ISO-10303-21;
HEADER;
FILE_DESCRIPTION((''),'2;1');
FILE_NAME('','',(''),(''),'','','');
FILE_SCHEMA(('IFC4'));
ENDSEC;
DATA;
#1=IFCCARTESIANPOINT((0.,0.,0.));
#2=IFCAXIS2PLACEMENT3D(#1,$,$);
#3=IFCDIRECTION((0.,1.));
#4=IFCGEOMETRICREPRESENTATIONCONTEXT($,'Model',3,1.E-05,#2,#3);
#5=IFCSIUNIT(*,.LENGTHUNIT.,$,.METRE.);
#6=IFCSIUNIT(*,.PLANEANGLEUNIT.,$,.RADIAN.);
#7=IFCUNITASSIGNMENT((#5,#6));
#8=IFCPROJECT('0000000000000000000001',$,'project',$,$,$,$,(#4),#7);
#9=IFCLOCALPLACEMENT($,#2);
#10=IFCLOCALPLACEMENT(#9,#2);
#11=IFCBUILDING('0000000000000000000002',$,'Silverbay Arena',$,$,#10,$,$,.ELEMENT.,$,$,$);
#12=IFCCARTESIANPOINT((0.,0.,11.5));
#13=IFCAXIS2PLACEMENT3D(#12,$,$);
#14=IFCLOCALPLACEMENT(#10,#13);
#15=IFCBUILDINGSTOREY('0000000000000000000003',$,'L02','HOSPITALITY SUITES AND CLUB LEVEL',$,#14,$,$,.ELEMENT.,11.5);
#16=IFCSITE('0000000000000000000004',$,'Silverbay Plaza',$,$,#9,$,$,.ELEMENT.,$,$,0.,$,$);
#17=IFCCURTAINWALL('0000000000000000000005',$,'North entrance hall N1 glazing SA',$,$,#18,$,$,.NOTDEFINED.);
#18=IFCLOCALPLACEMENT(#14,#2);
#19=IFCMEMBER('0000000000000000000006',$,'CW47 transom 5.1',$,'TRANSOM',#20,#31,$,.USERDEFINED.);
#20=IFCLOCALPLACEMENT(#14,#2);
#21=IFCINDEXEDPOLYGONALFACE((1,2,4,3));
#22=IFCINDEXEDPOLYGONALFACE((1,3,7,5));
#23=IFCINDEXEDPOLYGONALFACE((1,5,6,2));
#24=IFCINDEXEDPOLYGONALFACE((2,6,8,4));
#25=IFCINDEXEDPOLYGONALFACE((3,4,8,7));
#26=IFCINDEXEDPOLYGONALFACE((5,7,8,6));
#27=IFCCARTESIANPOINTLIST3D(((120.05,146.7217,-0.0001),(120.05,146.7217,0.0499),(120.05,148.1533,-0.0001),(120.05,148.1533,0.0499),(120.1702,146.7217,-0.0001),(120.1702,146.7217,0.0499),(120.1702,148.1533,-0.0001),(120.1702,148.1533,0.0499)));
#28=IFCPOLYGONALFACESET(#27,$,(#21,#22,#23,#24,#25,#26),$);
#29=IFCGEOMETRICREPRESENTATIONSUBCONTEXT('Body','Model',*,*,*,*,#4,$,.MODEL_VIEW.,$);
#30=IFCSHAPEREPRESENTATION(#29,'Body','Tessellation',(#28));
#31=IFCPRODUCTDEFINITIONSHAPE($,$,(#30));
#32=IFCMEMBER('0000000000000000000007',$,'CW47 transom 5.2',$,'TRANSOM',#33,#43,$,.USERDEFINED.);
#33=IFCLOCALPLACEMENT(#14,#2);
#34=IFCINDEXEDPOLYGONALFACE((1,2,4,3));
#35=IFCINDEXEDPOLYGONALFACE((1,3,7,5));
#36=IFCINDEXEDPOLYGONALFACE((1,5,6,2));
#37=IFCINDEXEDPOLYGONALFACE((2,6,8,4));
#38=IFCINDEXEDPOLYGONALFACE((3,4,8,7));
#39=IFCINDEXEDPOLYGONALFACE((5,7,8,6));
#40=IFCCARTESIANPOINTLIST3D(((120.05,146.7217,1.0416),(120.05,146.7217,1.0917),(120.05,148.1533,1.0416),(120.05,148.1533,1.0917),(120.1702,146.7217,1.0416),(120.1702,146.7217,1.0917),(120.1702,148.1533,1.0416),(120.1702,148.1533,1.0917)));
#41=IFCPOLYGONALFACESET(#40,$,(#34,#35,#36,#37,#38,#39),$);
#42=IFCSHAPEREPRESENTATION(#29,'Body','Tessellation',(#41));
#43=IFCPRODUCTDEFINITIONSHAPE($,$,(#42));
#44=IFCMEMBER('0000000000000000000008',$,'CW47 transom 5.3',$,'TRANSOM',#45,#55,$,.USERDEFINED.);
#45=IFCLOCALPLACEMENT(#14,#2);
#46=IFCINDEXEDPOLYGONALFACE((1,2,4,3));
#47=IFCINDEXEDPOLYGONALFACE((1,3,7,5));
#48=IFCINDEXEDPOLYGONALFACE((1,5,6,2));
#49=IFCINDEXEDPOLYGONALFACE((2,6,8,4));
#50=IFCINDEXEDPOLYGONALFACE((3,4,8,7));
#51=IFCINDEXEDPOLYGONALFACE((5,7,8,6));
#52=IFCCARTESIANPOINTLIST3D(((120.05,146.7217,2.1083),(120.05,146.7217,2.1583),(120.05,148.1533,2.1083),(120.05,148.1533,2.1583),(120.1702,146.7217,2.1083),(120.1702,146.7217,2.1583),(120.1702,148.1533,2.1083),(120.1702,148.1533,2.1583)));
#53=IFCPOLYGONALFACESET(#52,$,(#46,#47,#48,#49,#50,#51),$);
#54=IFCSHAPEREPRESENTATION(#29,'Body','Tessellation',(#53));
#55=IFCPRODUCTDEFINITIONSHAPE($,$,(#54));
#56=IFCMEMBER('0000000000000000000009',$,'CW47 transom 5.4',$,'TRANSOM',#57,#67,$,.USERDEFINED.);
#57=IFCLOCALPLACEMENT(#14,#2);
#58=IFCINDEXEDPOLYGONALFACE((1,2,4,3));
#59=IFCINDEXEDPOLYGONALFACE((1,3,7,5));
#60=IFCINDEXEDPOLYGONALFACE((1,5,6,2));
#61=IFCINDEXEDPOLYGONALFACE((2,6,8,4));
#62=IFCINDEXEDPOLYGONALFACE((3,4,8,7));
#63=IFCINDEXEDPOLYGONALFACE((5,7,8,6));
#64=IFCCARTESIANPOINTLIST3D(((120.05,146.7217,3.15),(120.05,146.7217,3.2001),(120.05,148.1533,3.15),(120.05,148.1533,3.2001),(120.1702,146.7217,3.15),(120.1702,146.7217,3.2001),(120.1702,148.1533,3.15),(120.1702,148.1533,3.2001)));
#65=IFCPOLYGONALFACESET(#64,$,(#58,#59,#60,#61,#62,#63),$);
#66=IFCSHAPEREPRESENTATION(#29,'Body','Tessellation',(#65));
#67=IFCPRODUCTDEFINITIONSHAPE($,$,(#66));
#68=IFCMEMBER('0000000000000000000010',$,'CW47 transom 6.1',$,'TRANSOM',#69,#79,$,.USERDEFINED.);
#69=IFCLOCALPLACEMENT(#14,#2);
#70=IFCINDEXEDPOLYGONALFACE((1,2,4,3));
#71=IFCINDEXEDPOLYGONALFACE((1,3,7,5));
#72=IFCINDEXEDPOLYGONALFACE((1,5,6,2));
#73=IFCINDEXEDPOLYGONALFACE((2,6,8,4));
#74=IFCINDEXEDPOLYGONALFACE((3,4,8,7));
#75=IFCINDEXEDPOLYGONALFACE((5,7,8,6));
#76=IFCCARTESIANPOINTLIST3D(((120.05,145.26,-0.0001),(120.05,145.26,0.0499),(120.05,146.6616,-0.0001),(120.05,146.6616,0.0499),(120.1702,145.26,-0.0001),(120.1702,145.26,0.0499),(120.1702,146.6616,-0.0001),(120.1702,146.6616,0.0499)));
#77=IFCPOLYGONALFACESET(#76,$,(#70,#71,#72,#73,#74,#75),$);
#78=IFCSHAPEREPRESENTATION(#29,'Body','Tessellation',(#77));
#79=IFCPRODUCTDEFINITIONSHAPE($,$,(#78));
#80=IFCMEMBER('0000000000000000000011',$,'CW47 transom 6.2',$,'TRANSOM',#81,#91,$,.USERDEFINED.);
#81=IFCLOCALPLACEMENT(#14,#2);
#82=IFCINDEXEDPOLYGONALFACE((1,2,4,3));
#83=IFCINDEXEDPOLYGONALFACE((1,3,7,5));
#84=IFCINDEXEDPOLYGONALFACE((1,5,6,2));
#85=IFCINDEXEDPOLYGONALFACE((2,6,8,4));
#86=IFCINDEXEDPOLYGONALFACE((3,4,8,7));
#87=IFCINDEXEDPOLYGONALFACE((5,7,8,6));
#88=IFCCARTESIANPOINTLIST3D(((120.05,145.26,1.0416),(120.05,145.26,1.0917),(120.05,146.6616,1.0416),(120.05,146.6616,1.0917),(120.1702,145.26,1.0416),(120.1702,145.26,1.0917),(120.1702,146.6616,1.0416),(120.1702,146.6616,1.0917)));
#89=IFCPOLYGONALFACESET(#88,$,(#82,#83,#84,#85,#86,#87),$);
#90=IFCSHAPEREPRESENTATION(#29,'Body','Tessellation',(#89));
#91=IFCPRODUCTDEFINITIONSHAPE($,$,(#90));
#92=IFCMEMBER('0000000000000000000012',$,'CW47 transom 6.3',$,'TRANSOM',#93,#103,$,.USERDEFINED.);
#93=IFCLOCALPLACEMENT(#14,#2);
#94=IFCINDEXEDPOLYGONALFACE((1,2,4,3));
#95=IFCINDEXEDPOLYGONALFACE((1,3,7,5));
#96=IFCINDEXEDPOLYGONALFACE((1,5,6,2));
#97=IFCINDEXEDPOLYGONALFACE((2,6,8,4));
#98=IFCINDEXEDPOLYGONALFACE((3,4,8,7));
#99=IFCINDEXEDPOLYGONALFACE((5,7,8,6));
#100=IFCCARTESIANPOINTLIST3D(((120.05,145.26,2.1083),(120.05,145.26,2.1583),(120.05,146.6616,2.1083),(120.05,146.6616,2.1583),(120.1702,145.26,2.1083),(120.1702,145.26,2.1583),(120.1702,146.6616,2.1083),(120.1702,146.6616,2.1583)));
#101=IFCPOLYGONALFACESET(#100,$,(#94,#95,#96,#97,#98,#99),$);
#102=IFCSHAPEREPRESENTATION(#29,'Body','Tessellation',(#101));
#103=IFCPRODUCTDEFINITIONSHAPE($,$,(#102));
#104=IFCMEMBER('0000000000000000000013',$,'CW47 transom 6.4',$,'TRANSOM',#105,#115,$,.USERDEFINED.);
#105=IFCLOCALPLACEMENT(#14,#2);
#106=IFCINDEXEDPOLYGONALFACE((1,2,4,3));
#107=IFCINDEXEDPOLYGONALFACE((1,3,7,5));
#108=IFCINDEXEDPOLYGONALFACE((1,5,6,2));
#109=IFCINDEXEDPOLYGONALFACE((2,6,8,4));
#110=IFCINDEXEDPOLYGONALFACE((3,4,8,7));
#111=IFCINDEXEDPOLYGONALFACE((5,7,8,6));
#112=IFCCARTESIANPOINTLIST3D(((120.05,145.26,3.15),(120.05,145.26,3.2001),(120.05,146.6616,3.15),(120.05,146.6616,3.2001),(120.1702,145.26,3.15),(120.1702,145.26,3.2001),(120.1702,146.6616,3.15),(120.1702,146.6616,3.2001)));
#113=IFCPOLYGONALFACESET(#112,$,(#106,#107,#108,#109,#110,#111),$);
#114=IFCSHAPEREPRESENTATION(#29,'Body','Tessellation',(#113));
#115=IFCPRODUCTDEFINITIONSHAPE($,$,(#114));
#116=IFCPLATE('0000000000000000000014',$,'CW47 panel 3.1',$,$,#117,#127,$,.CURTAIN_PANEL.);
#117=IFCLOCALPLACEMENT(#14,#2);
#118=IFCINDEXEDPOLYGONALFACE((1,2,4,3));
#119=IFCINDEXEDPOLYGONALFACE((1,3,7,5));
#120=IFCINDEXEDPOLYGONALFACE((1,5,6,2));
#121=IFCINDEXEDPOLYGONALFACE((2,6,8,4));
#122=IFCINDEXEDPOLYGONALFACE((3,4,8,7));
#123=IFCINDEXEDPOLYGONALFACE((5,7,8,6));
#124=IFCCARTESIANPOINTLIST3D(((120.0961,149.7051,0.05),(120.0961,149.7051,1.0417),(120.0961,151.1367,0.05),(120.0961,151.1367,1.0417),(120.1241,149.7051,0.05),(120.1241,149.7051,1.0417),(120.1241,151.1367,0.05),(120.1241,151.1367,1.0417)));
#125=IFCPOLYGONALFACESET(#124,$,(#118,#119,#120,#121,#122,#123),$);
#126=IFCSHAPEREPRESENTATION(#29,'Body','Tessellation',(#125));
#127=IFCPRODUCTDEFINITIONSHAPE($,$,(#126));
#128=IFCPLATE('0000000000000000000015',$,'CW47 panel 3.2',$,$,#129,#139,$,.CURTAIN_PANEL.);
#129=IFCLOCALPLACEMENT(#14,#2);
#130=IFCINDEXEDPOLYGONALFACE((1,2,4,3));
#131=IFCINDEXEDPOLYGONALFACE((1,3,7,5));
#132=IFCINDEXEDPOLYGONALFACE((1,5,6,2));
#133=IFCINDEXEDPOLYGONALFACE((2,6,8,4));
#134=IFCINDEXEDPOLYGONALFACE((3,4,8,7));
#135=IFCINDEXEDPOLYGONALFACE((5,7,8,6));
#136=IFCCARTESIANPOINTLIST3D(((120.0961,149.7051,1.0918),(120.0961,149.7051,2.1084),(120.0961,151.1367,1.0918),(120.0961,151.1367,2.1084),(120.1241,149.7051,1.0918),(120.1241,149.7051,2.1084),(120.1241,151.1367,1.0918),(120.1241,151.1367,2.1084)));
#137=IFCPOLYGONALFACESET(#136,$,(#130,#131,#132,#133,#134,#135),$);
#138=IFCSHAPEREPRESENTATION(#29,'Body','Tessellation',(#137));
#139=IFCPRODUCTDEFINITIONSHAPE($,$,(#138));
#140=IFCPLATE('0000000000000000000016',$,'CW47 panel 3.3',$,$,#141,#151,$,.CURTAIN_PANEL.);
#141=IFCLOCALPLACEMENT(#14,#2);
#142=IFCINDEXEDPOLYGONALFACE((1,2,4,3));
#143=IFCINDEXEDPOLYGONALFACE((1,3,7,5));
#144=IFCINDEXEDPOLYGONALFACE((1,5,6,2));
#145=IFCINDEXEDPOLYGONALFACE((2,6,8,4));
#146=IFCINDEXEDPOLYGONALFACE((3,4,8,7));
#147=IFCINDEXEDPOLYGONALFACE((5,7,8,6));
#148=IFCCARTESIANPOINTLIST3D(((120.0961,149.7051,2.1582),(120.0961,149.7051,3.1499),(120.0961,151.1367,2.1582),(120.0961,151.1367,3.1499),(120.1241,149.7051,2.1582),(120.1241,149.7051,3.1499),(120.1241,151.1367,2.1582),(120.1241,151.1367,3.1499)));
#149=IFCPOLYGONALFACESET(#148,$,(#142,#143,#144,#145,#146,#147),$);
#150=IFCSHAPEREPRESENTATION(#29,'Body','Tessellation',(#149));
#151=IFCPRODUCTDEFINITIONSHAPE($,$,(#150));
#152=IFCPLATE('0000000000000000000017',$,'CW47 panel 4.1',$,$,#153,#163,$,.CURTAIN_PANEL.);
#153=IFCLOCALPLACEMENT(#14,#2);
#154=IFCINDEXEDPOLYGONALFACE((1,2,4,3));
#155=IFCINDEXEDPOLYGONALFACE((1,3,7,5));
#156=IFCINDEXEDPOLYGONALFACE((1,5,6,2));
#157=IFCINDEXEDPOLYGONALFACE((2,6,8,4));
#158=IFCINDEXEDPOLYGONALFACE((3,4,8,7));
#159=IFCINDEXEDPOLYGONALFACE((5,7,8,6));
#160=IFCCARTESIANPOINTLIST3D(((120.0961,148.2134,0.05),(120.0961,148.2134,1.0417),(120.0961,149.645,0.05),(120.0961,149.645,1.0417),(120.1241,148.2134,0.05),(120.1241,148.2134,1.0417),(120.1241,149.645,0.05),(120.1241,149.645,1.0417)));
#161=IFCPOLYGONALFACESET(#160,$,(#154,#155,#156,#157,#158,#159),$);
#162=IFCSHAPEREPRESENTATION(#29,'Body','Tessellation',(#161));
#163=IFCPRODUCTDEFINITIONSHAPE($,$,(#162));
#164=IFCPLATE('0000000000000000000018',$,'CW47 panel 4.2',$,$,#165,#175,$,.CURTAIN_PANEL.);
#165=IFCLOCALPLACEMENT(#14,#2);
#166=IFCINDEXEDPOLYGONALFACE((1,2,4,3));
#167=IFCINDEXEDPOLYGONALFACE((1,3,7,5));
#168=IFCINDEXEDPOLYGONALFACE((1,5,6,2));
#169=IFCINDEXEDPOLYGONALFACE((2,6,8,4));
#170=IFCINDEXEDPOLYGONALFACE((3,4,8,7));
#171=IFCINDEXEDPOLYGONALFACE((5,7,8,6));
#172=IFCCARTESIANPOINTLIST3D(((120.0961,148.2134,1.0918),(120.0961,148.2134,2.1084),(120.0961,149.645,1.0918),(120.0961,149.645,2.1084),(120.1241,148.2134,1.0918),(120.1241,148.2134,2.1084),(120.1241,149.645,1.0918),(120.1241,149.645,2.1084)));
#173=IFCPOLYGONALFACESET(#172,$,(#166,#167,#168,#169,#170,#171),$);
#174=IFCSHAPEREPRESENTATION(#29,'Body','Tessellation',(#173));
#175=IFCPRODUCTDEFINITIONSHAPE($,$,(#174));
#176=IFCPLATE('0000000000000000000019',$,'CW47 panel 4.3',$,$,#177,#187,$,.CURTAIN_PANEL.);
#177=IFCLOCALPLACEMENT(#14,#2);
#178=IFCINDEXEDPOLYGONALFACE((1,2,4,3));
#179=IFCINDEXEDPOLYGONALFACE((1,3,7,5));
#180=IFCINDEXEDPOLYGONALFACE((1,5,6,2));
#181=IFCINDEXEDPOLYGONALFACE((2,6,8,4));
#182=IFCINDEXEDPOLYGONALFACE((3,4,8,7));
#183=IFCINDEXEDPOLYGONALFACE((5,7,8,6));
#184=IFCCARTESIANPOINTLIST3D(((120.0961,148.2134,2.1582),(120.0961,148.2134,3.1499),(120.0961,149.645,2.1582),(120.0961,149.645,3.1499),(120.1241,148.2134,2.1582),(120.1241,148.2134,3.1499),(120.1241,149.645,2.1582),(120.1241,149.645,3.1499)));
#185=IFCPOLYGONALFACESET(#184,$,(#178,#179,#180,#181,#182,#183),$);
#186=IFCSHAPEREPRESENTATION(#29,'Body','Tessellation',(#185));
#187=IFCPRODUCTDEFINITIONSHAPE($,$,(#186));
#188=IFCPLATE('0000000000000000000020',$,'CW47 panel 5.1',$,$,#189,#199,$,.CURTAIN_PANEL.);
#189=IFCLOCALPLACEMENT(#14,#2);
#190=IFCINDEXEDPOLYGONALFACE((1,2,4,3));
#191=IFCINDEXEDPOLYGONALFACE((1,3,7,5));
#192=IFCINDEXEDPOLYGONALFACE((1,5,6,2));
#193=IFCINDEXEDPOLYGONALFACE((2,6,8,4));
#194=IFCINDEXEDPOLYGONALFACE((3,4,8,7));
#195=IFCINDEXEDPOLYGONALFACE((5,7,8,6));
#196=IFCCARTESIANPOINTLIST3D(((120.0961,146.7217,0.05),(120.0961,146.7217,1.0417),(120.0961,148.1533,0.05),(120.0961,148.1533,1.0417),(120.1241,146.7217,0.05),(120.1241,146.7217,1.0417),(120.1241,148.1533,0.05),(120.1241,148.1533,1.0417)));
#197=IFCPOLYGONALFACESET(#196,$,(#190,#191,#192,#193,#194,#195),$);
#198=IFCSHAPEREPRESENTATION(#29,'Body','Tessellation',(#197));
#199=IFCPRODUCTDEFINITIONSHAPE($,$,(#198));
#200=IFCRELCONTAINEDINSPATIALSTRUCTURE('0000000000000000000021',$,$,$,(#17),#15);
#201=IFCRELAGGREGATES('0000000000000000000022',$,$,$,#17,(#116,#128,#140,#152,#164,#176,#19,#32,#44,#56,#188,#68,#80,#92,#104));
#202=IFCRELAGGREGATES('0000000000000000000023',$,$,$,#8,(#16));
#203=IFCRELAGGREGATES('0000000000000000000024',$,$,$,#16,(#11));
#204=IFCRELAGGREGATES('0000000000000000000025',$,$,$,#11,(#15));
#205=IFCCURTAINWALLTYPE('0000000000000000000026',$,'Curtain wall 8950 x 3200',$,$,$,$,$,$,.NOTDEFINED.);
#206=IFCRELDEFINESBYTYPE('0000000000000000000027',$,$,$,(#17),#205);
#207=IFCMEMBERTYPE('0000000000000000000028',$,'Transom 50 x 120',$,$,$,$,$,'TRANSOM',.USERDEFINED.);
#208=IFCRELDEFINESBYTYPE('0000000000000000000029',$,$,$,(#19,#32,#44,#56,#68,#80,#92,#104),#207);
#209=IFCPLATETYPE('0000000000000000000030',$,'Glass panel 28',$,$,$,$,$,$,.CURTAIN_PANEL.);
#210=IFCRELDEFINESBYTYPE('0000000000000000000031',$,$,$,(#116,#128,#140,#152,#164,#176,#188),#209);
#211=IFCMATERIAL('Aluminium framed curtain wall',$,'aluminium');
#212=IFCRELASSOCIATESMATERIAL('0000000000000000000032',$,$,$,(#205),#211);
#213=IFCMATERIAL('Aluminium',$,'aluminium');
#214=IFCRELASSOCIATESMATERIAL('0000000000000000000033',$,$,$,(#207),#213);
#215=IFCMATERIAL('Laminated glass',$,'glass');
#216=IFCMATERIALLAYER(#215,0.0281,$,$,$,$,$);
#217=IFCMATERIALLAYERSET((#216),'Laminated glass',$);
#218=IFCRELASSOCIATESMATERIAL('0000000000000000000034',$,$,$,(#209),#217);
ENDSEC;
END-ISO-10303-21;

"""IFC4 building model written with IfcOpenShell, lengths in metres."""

from ifc_helpers import new_model, si_unit, direction, frame, origin, origin_2d, place, context, subcontext, project, spatial, rectangle, extrude, material, layer, layer_set, material_profile, profile_set, type_object, element, aggregate, save


model = new_model("IFC4")

# Units and contexts
model_context = context("Model", 3, precision=1e-05, world=origin(), true_north=direction((0.0, 1.0)))
body_context = subcontext(model_context, "Body", "Model", "MODEL_VIEW")
ifc_project = project(units=[si_unit("LENGTHUNIT", "METRE"), si_unit("PLANEANGLEUNIT", "RADIAN")], contexts=[model_context])

# Site, building, storey
site_placement = place(None, origin())
site = spatial("IfcSite", under=ifc_project, at=site_placement, Name="Silverbay Plaza", CompositionType="ELEMENT", RefElevation=0.0)
building_placement = place(site_placement, origin())
building = spatial("IfcBuilding", under=site, at=building_placement, Name="Silverbay Arena", CompositionType="ELEMENT")
storey_placement = place(building_placement, frame((0.0, 0.0, 11.5)))
storey = spatial("IfcBuildingStorey", under=building, at=storey_placement, Name="L02", Description="HOSPITALITY SUITES AND CLUB LEVEL", CompositionType="ELEMENT", Elevation=11.5)

# Curtain wall, members, plates
ifc_material_1 = material(Name="Aluminium framed curtain wall", Category="aluminium")
curtain_wall_type = type_object("IfcCurtainWallType", Name="Curtain wall 8950 x 3200", PredefinedType="NOTDEFINED", material=ifc_material_1)
curtain_wall_placement = place(storey_placement, origin())
curtain_wall = element("IfcCurtainWall", 1, at=curtain_wall_placement, inside=storey, type_object=curtain_wall_type, Name="North entrance hall N1 glazing SA", PredefinedType="NOTDEFINED")
ifc_material_2 = material(Name="Aluminium", Category="aluminium")
ifc_material_profile_1 = material_profile(ifc_material_2, rectangle(XDim=0.1201, YDim=0.05, at=origin_2d()), Name="Transom 50 x 120")
ifc_profile_set_1 = profile_set([ifc_material_profile_1], Name="Aluminium")
member_type_1 = type_object("IfcMemberType", Name="Transom 50 x 120", ElementType="TRANSOM", PredefinedType="USERDEFINED", material=ifc_profile_set_1)
member_1_placement = place(storey_placement, frame((120.1101, 148.1533, 0.0249), z_axis=(0.0, -1.0, 0.0), x_axis=(1.0, 0.0, 0.0)))
member_1 = element("IfcMember", 2, at=member_1_placement, type_object=member_type_1, Name="CW47 transom 5.1", ObjectType="TRANSOM", PredefinedType="USERDEFINED", context=body_context, shape_type="SweptSolid", body=[
    extrude(rectangle(XDim=0.1201, YDim=0.05, at=origin_2d()), origin(), (0.0, 0.0, 1.0), 1.4316),
])
member_2_placement = place(storey_placement, frame((120.1101, 148.1533, 1.0667), z_axis=(0.0, -1.0, 0.0), x_axis=(1.0, 0.0, 0.0)))
member_2 = element("IfcMember", 3, at=member_2_placement, type_object=member_type_1, Name="CW47 transom 5.2", ObjectType="TRANSOM", PredefinedType="USERDEFINED", context=body_context, shape_type="SweptSolid", body=[
    extrude(rectangle(XDim=0.1201, YDim=0.05, at=origin_2d()), origin(), (0.0, 0.0, 1.0), 1.4316),
])
member_3_placement = place(storey_placement, frame((120.1101, 148.1533, 2.1333), z_axis=(0.0, -1.0, 0.0), x_axis=(1.0, 0.0, 0.0)))
member_3 = element("IfcMember", 4, at=member_3_placement, type_object=member_type_1, Name="CW47 transom 5.3", ObjectType="TRANSOM", PredefinedType="USERDEFINED", context=body_context, shape_type="SweptSolid", body=[
    extrude(rectangle(XDim=0.1201, YDim=0.05, at=origin_2d()), origin(), (0.0, 0.0, 1.0), 1.4316),
])
member_4_placement = place(storey_placement, frame((120.1101, 148.1533, 3.175), z_axis=(0.0, -1.0, 0.0), x_axis=(1.0, 0.0, 0.0)))
member_4 = element("IfcMember", 5, at=member_4_placement, type_object=member_type_1, Name="CW47 transom 5.4", ObjectType="TRANSOM", PredefinedType="USERDEFINED", context=body_context, shape_type="SweptSolid", body=[
    extrude(rectangle(XDim=0.1201, YDim=0.05, at=origin_2d()), origin(), (0.0, 0.0, 1.0), 1.4316),
])
member_5_placement = place(storey_placement, frame((120.1101, 146.6616, 0.0249), z_axis=(0.0, -1.0, 0.0), x_axis=(1.0, 0.0, 0.0)))
member_5 = element("IfcMember", 6, at=member_5_placement, type_object=member_type_1, Name="CW47 transom 6.1", ObjectType="TRANSOM", PredefinedType="USERDEFINED", context=body_context, shape_type="SweptSolid", body=[
    extrude(rectangle(XDim=0.1201, YDim=0.05, at=origin_2d()), origin(), (0.0, 0.0, 1.0), 1.4016),
])
member_6_placement = place(storey_placement, frame((120.1101, 146.6616, 1.0667), z_axis=(0.0, -1.0, 0.0), x_axis=(1.0, 0.0, 0.0)))
member_6 = element("IfcMember", 7, at=member_6_placement, type_object=member_type_1, Name="CW47 transom 6.2", ObjectType="TRANSOM", PredefinedType="USERDEFINED", context=body_context, shape_type="SweptSolid", body=[
    extrude(rectangle(XDim=0.1201, YDim=0.05, at=origin_2d()), origin(), (0.0, 0.0, 1.0), 1.4016),
])
member_7_placement = place(storey_placement, frame((120.1101, 146.6616, 2.1333), z_axis=(0.0, -1.0, 0.0), x_axis=(1.0, 0.0, 0.0)))
member_7 = element("IfcMember", 8, at=member_7_placement, type_object=member_type_1, Name="CW47 transom 6.3", ObjectType="TRANSOM", PredefinedType="USERDEFINED", context=body_context, shape_type="SweptSolid", body=[
    extrude(rectangle(XDim=0.1201, YDim=0.05, at=origin_2d()), origin(), (0.0, 0.0, 1.0), 1.4016),
])
member_8_placement = place(storey_placement, frame((120.1101, 146.6616, 3.175), z_axis=(0.0, -1.0, 0.0), x_axis=(1.0, 0.0, 0.0)))
member_8 = element("IfcMember", 9, at=member_8_placement, type_object=member_type_1, Name="CW47 transom 6.4", ObjectType="TRANSOM", PredefinedType="USERDEFINED", context=body_context, shape_type="SweptSolid", body=[
    extrude(rectangle(XDim=0.1201, YDim=0.05, at=origin_2d()), origin(), (0.0, 0.0, 1.0), 1.4016),
])
ifc_material_3 = material(Name="Laminated glass", Category="glass")
ifc_layer = layer(ifc_material_3, 0.0281)
ifc_layer_set = layer_set([ifc_layer], Name="Laminated glass")
plate_type = type_object("IfcPlateType", Name="Glass panel 28", PredefinedType="CURTAIN_PANEL", material=ifc_layer_set)
plate_1_placement = place(storey_placement, frame((120.1101, 150.4209, 0.05), z_axis=(0.0, 0.0, 1.0), x_axis=(0.0, -1.0, 0.0)))
plate_1 = element("IfcPlate", 10, at=plate_1_placement, type_object=plate_type, Name="CW47 panel 3.1", PredefinedType="CURTAIN_PANEL", context=body_context, shape_type="SweptSolid", body=[
    extrude(rectangle(XDim=1.4316, YDim=0.0281, at=origin_2d()), origin(), (0.0, 0.0, 1.0), 0.9917),
])
plate_2_placement = place(storey_placement, frame((120.1101, 150.4209, 1.0918), z_axis=(0.0, 0.0, 1.0), x_axis=(0.0, -1.0, 0.0)))
plate_2 = element("IfcPlate", 11, at=plate_2_placement, type_object=plate_type, Name="CW47 panel 3.2", PredefinedType="CURTAIN_PANEL", context=body_context, shape_type="SweptSolid", body=[
    extrude(rectangle(XDim=1.4316, YDim=0.0281, at=origin_2d()), origin(), (0.0, 0.0, 1.0), 1.0166),
])
plate_3_placement = place(storey_placement, frame((120.1101, 150.4209, 2.1582), z_axis=(0.0, 0.0, 1.0), x_axis=(0.0, -1.0, 0.0)))
plate_3 = element("IfcPlate", 12, at=plate_3_placement, type_object=plate_type, Name="CW47 panel 3.3", PredefinedType="CURTAIN_PANEL", context=body_context, shape_type="SweptSolid", body=[
    extrude(rectangle(XDim=1.4316, YDim=0.0281, at=origin_2d()), origin(), (0.0, 0.0, 1.0), 0.9917),
])
plate_4_placement = place(storey_placement, frame((120.1101, 148.9292, 0.05), z_axis=(0.0, 0.0, 1.0), x_axis=(0.0, -1.0, 0.0)))
plate_4 = element("IfcPlate", 13, at=plate_4_placement, type_object=plate_type, Name="CW47 panel 4.1", PredefinedType="CURTAIN_PANEL", context=body_context, shape_type="SweptSolid", body=[
    extrude(rectangle(XDim=1.4316, YDim=0.0281, at=origin_2d()), origin(), (0.0, 0.0, 1.0), 0.9917),
])
plate_5_placement = place(storey_placement, frame((120.1101, 148.9292, 1.0918), z_axis=(0.0, 0.0, 1.0), x_axis=(0.0, -1.0, 0.0)))
plate_5 = element("IfcPlate", 14, at=plate_5_placement, type_object=plate_type, Name="CW47 panel 4.2", PredefinedType="CURTAIN_PANEL", context=body_context, shape_type="SweptSolid", body=[
    extrude(rectangle(XDim=1.4316, YDim=0.0281, at=origin_2d()), origin(), (0.0, 0.0, 1.0), 1.0166),
])
plate_6_placement = place(storey_placement, frame((120.1101, 148.9292, 2.1582), z_axis=(0.0, 0.0, 1.0), x_axis=(0.0, -1.0, 0.0)))
plate_6 = element("IfcPlate", 15, at=plate_6_placement, type_object=plate_type, Name="CW47 panel 4.3", PredefinedType="CURTAIN_PANEL", context=body_context, shape_type="SweptSolid", body=[
    extrude(rectangle(XDim=1.4316, YDim=0.0281, at=origin_2d()), origin(), (0.0, 0.0, 1.0), 0.9917),
])
plate_7_placement = place(storey_placement, frame((120.1101, 147.4375, 0.05), z_axis=(0.0, 0.0, 1.0), x_axis=(0.0, -1.0, 0.0)))
plate_7 = element("IfcPlate", 16, at=plate_7_placement, type_object=plate_type, Name="CW47 panel 5.1", PredefinedType="CURTAIN_PANEL", context=body_context, shape_type="SweptSolid", body=[
    extrude(rectangle(XDim=1.4316, YDim=0.0281, at=origin_2d()), origin(), (0.0, 0.0, 1.0), 0.9917),
])
aggregate(curtain_wall, [plate_1, plate_2, plate_3, plate_4, plate_5, plate_6, member_1, member_2, member_3, member_4, plate_7, member_5, member_6, member_7, member_8])

save(model, "model.ifc")
